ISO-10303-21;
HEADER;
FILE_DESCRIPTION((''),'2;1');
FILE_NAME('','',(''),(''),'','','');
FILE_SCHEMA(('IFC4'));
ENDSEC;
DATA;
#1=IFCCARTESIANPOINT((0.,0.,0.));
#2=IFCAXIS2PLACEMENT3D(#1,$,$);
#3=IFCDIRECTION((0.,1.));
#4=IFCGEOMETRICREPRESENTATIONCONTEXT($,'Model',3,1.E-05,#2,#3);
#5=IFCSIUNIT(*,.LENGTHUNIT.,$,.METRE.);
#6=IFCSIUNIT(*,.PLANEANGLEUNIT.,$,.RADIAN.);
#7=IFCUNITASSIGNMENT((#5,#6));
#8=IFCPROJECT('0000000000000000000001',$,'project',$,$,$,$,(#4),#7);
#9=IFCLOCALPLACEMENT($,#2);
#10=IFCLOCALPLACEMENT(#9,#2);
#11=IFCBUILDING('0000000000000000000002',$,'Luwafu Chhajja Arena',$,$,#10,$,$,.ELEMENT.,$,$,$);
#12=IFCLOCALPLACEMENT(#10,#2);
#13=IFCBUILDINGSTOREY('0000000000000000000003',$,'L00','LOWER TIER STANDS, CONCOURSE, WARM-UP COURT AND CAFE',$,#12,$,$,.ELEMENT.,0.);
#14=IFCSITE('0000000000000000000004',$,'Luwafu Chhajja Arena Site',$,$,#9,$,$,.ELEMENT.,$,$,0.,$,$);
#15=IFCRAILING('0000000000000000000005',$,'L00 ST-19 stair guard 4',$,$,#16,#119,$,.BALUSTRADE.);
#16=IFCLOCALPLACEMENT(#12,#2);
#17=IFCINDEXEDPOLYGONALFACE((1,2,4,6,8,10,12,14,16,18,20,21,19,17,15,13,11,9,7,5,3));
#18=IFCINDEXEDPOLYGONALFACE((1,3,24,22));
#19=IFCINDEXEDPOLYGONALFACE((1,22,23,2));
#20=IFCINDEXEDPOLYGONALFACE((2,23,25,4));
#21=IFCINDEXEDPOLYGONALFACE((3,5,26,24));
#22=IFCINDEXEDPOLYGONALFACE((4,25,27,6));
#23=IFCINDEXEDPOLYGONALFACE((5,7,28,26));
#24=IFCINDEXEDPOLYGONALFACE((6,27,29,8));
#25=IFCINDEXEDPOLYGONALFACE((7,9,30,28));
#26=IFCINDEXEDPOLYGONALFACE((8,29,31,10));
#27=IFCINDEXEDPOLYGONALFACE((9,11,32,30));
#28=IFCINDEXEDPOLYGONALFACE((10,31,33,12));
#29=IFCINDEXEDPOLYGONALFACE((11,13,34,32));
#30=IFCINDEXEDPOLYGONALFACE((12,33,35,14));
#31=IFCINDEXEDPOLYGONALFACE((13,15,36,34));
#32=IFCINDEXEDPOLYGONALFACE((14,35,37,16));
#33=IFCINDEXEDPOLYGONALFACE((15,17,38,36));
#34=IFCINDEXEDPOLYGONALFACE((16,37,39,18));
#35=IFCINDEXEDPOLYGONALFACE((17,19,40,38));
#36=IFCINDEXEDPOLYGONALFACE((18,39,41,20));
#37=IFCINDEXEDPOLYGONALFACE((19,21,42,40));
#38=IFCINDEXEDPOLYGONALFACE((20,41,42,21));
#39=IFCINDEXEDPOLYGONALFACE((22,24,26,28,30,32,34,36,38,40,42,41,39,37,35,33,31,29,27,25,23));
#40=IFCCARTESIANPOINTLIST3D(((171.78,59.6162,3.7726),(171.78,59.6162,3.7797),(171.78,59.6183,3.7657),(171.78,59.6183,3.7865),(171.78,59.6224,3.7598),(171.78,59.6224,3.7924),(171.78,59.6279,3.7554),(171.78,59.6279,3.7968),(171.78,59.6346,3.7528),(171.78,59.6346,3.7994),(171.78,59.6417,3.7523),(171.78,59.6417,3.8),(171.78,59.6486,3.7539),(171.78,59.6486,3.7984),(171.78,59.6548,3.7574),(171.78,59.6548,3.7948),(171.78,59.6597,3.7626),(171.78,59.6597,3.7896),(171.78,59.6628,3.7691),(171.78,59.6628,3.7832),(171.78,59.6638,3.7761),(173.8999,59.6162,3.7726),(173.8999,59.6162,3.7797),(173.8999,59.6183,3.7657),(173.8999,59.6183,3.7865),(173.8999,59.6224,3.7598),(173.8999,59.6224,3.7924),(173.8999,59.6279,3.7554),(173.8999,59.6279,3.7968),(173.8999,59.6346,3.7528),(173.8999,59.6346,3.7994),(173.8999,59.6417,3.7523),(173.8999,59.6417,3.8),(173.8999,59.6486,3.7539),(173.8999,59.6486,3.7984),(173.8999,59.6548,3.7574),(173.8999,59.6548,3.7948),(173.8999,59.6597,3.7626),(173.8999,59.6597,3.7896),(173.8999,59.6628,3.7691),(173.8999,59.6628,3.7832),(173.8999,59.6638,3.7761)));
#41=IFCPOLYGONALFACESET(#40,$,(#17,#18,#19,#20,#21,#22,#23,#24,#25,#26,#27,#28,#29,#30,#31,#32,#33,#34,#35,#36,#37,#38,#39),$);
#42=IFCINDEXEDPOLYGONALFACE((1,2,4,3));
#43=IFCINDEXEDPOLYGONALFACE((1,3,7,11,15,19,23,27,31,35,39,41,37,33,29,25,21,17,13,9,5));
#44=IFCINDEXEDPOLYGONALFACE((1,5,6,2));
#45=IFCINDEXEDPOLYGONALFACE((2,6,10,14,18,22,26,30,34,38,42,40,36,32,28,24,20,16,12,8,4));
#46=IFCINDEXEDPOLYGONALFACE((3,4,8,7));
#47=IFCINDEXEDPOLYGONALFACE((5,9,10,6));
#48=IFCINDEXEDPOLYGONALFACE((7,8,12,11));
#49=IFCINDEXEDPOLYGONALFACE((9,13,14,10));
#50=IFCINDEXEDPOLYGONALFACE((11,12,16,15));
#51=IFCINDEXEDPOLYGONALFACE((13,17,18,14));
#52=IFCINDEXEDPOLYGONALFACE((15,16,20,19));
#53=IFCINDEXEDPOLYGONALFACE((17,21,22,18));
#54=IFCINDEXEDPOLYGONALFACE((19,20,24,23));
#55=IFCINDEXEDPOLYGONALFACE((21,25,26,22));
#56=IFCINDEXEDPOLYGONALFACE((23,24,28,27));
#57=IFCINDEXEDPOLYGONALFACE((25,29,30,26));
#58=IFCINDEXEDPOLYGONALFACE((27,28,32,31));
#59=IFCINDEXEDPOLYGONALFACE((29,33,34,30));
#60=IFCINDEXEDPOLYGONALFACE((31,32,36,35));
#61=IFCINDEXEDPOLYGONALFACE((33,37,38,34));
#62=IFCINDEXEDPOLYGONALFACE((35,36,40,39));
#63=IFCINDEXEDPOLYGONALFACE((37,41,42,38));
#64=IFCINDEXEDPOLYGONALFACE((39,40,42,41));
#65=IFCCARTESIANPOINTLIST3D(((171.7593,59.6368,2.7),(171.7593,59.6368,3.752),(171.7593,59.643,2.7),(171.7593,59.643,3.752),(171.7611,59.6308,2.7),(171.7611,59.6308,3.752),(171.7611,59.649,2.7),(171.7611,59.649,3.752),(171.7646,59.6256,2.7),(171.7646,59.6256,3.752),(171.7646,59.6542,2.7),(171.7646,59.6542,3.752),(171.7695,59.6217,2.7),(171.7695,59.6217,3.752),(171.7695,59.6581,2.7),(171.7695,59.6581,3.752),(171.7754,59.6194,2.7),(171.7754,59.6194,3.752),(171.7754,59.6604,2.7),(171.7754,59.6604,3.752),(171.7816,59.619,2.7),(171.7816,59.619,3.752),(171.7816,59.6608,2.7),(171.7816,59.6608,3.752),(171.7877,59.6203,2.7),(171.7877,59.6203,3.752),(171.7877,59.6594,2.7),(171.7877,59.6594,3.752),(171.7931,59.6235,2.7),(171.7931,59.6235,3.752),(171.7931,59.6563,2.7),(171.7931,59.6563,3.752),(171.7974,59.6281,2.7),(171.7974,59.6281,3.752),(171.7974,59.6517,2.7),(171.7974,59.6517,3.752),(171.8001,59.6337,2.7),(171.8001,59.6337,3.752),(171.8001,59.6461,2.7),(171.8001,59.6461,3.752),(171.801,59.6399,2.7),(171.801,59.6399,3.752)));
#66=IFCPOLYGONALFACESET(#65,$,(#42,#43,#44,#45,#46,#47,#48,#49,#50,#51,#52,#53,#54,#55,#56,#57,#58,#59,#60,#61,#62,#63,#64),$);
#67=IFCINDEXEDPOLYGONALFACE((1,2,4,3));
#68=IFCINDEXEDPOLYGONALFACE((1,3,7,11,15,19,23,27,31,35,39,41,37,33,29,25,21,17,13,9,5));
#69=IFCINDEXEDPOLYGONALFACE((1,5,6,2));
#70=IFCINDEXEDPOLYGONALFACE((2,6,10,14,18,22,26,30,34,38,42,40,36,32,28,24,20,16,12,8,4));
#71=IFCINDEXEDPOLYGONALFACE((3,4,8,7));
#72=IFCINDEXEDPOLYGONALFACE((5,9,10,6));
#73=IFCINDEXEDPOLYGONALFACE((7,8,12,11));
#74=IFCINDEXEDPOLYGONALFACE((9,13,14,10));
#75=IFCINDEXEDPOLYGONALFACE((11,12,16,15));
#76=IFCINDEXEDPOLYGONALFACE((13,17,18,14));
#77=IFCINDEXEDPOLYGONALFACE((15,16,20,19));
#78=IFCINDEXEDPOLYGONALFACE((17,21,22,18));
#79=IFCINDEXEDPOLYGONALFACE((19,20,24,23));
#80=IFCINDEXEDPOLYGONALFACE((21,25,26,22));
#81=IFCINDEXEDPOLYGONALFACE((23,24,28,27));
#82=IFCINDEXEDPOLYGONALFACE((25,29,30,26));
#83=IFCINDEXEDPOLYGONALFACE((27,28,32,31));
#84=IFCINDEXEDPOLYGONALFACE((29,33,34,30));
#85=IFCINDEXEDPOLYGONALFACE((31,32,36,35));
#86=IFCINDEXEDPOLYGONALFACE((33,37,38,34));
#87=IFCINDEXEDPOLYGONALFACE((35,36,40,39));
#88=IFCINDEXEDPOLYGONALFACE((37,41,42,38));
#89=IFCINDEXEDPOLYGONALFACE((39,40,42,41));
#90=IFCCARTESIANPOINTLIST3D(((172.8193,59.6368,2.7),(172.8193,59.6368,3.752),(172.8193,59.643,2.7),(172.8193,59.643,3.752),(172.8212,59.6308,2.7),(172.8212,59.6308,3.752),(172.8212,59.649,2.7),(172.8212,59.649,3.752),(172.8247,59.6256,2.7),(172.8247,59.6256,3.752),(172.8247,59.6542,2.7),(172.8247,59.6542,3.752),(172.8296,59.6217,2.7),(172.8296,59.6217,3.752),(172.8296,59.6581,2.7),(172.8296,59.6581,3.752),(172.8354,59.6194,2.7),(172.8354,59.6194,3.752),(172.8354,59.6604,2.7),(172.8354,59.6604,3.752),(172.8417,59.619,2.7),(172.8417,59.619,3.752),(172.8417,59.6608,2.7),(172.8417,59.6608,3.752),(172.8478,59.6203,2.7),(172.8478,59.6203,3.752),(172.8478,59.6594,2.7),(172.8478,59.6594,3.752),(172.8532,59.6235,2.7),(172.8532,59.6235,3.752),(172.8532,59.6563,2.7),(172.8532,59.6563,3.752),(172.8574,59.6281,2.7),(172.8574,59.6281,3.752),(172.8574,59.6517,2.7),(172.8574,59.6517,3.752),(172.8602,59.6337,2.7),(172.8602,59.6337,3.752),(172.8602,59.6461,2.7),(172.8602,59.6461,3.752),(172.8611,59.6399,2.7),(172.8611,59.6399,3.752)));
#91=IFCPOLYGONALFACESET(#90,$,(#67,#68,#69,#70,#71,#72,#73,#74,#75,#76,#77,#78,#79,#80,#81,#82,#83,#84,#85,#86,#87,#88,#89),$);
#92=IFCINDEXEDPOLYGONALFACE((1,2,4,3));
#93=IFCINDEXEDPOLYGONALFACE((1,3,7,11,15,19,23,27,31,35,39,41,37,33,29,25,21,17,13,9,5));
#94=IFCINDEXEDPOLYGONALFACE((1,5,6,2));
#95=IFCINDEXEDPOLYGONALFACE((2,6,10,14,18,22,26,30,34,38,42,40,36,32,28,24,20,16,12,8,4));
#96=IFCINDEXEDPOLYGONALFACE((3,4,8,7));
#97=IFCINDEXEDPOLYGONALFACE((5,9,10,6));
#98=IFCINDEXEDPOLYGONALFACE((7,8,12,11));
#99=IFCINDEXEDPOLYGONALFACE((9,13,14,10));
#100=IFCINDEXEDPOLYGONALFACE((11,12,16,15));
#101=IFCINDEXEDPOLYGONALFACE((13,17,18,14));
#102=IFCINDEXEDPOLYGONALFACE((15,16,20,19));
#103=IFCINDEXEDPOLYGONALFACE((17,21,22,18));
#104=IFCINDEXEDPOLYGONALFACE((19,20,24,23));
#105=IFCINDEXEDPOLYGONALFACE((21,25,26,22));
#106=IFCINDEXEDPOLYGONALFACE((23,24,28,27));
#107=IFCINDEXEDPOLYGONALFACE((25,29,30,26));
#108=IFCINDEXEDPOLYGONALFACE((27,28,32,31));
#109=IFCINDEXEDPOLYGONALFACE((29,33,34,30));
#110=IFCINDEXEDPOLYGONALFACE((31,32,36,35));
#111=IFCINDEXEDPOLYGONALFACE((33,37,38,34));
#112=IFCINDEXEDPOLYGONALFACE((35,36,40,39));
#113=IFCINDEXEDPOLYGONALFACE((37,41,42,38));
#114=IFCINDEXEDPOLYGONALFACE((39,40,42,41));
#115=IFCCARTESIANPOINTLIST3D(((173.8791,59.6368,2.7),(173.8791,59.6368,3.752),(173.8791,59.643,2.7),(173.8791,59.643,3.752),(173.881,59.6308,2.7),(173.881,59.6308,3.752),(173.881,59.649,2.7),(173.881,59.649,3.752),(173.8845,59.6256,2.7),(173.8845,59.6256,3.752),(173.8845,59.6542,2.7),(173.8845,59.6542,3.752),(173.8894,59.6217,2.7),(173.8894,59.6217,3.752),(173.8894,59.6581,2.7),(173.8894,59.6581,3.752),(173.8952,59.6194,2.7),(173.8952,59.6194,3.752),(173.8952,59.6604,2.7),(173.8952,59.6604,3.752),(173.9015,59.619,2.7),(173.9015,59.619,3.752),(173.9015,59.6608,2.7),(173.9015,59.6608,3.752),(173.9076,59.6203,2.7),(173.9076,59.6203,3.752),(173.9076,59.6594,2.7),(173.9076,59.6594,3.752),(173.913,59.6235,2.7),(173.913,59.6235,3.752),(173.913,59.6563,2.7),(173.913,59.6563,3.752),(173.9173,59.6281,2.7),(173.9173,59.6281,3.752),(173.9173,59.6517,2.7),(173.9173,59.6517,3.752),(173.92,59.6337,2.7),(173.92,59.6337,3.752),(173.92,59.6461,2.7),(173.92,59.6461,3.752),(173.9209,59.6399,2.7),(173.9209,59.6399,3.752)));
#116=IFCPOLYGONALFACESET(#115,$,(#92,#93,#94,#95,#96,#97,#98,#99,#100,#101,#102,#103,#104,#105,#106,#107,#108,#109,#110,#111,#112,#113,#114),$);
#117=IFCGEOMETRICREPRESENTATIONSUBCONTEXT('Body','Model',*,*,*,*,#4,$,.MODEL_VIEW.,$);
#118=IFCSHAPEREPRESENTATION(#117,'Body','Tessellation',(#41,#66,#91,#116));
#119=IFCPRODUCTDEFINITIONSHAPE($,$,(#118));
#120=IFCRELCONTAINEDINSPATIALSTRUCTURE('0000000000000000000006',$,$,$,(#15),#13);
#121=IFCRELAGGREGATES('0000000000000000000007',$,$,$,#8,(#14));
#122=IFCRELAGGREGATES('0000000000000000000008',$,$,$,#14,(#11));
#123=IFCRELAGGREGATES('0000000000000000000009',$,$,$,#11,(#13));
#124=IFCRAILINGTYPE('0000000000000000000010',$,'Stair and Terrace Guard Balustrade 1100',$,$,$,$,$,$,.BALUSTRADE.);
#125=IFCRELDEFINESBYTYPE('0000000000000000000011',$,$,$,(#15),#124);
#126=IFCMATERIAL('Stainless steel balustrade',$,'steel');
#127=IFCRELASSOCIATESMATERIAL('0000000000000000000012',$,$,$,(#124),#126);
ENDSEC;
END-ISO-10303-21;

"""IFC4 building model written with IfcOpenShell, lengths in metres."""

from ifc_helpers import new_model, si_unit, direction, frame, origin, origin_2d, place, context, subcontext, project, spatial, circle, extrude, material, type_object, element, save


model = new_model("IFC4")

# Units and contexts
model_context = context("Model", 3, precision=1e-05, world=origin(), true_north=direction((0.0, 1.0)))
body_context = subcontext(model_context, "Body", "Model", "MODEL_VIEW")
ifc_project = project(units=[si_unit("LENGTHUNIT", "METRE"), si_unit("PLANEANGLEUNIT", "RADIAN")], contexts=[model_context])

# Site, building, storey
site_placement = place(None, origin())
site = spatial("IfcSite", under=ifc_project, at=site_placement, Name="Luwafu Chhajja Arena Site", CompositionType="ELEMENT", RefElevation=0.0)
building_placement = place(site_placement, origin())
building = spatial("IfcBuilding", under=site, at=building_placement, Name="Luwafu Chhajja Arena", CompositionType="ELEMENT")
storey_placement = place(building_placement, origin())
storey = spatial("IfcBuildingStorey", under=building, at=storey_placement, Name="L00", Description="LOWER TIER STANDS, CONCOURSE, WARM-UP COURT AND CAFE", CompositionType="ELEMENT", Elevation=0.0)

# Railing
ifc_material_1 = material(Name="Stainless steel balustrade", Category="steel")
railing_type_1 = type_object("IfcRailingType", Name="Stair and Terrace Guard Balustrade 1100", PredefinedType="BALUSTRADE", material=ifc_material_1)
for number, where, name in (
    (1, (171.78, 59.6399, 2.7), "L00 ST-19 stair guard 4"),
):
    element("IfcRailing", number, at=place(storey_placement, frame(where)), inside=storey, type_object=railing_type_1, Name=name, PredefinedType="BALUSTRADE", context=body_context, shape_type="SweptSolid", body=[
        extrude(circle(Radius=0.0239, at=origin_2d()), frame((0.0, 0.0, 1.0762), z_axis=(1.0, 0.0, 0.0), x_axis=(0.0, 1.0, 0.0)), (0.0, 0.0, 1.0), 2.1199),
        extrude(circle(Radius=0.021, at=origin_2d()), origin(), (0.0, 0.0, 1.0), 1.052),
        extrude(circle(Radius=0.021, at=origin_2d()), frame((1.0601, 0.0, 0.0)), (0.0, 0.0, 1.0), 1.052),
        extrude(circle(Radius=0.021, at=origin_2d()), frame((2.1199, 0.0, 0.0)), (0.0, 0.0, 1.0), 1.052),
    ])

save(model, "model.ifc")
